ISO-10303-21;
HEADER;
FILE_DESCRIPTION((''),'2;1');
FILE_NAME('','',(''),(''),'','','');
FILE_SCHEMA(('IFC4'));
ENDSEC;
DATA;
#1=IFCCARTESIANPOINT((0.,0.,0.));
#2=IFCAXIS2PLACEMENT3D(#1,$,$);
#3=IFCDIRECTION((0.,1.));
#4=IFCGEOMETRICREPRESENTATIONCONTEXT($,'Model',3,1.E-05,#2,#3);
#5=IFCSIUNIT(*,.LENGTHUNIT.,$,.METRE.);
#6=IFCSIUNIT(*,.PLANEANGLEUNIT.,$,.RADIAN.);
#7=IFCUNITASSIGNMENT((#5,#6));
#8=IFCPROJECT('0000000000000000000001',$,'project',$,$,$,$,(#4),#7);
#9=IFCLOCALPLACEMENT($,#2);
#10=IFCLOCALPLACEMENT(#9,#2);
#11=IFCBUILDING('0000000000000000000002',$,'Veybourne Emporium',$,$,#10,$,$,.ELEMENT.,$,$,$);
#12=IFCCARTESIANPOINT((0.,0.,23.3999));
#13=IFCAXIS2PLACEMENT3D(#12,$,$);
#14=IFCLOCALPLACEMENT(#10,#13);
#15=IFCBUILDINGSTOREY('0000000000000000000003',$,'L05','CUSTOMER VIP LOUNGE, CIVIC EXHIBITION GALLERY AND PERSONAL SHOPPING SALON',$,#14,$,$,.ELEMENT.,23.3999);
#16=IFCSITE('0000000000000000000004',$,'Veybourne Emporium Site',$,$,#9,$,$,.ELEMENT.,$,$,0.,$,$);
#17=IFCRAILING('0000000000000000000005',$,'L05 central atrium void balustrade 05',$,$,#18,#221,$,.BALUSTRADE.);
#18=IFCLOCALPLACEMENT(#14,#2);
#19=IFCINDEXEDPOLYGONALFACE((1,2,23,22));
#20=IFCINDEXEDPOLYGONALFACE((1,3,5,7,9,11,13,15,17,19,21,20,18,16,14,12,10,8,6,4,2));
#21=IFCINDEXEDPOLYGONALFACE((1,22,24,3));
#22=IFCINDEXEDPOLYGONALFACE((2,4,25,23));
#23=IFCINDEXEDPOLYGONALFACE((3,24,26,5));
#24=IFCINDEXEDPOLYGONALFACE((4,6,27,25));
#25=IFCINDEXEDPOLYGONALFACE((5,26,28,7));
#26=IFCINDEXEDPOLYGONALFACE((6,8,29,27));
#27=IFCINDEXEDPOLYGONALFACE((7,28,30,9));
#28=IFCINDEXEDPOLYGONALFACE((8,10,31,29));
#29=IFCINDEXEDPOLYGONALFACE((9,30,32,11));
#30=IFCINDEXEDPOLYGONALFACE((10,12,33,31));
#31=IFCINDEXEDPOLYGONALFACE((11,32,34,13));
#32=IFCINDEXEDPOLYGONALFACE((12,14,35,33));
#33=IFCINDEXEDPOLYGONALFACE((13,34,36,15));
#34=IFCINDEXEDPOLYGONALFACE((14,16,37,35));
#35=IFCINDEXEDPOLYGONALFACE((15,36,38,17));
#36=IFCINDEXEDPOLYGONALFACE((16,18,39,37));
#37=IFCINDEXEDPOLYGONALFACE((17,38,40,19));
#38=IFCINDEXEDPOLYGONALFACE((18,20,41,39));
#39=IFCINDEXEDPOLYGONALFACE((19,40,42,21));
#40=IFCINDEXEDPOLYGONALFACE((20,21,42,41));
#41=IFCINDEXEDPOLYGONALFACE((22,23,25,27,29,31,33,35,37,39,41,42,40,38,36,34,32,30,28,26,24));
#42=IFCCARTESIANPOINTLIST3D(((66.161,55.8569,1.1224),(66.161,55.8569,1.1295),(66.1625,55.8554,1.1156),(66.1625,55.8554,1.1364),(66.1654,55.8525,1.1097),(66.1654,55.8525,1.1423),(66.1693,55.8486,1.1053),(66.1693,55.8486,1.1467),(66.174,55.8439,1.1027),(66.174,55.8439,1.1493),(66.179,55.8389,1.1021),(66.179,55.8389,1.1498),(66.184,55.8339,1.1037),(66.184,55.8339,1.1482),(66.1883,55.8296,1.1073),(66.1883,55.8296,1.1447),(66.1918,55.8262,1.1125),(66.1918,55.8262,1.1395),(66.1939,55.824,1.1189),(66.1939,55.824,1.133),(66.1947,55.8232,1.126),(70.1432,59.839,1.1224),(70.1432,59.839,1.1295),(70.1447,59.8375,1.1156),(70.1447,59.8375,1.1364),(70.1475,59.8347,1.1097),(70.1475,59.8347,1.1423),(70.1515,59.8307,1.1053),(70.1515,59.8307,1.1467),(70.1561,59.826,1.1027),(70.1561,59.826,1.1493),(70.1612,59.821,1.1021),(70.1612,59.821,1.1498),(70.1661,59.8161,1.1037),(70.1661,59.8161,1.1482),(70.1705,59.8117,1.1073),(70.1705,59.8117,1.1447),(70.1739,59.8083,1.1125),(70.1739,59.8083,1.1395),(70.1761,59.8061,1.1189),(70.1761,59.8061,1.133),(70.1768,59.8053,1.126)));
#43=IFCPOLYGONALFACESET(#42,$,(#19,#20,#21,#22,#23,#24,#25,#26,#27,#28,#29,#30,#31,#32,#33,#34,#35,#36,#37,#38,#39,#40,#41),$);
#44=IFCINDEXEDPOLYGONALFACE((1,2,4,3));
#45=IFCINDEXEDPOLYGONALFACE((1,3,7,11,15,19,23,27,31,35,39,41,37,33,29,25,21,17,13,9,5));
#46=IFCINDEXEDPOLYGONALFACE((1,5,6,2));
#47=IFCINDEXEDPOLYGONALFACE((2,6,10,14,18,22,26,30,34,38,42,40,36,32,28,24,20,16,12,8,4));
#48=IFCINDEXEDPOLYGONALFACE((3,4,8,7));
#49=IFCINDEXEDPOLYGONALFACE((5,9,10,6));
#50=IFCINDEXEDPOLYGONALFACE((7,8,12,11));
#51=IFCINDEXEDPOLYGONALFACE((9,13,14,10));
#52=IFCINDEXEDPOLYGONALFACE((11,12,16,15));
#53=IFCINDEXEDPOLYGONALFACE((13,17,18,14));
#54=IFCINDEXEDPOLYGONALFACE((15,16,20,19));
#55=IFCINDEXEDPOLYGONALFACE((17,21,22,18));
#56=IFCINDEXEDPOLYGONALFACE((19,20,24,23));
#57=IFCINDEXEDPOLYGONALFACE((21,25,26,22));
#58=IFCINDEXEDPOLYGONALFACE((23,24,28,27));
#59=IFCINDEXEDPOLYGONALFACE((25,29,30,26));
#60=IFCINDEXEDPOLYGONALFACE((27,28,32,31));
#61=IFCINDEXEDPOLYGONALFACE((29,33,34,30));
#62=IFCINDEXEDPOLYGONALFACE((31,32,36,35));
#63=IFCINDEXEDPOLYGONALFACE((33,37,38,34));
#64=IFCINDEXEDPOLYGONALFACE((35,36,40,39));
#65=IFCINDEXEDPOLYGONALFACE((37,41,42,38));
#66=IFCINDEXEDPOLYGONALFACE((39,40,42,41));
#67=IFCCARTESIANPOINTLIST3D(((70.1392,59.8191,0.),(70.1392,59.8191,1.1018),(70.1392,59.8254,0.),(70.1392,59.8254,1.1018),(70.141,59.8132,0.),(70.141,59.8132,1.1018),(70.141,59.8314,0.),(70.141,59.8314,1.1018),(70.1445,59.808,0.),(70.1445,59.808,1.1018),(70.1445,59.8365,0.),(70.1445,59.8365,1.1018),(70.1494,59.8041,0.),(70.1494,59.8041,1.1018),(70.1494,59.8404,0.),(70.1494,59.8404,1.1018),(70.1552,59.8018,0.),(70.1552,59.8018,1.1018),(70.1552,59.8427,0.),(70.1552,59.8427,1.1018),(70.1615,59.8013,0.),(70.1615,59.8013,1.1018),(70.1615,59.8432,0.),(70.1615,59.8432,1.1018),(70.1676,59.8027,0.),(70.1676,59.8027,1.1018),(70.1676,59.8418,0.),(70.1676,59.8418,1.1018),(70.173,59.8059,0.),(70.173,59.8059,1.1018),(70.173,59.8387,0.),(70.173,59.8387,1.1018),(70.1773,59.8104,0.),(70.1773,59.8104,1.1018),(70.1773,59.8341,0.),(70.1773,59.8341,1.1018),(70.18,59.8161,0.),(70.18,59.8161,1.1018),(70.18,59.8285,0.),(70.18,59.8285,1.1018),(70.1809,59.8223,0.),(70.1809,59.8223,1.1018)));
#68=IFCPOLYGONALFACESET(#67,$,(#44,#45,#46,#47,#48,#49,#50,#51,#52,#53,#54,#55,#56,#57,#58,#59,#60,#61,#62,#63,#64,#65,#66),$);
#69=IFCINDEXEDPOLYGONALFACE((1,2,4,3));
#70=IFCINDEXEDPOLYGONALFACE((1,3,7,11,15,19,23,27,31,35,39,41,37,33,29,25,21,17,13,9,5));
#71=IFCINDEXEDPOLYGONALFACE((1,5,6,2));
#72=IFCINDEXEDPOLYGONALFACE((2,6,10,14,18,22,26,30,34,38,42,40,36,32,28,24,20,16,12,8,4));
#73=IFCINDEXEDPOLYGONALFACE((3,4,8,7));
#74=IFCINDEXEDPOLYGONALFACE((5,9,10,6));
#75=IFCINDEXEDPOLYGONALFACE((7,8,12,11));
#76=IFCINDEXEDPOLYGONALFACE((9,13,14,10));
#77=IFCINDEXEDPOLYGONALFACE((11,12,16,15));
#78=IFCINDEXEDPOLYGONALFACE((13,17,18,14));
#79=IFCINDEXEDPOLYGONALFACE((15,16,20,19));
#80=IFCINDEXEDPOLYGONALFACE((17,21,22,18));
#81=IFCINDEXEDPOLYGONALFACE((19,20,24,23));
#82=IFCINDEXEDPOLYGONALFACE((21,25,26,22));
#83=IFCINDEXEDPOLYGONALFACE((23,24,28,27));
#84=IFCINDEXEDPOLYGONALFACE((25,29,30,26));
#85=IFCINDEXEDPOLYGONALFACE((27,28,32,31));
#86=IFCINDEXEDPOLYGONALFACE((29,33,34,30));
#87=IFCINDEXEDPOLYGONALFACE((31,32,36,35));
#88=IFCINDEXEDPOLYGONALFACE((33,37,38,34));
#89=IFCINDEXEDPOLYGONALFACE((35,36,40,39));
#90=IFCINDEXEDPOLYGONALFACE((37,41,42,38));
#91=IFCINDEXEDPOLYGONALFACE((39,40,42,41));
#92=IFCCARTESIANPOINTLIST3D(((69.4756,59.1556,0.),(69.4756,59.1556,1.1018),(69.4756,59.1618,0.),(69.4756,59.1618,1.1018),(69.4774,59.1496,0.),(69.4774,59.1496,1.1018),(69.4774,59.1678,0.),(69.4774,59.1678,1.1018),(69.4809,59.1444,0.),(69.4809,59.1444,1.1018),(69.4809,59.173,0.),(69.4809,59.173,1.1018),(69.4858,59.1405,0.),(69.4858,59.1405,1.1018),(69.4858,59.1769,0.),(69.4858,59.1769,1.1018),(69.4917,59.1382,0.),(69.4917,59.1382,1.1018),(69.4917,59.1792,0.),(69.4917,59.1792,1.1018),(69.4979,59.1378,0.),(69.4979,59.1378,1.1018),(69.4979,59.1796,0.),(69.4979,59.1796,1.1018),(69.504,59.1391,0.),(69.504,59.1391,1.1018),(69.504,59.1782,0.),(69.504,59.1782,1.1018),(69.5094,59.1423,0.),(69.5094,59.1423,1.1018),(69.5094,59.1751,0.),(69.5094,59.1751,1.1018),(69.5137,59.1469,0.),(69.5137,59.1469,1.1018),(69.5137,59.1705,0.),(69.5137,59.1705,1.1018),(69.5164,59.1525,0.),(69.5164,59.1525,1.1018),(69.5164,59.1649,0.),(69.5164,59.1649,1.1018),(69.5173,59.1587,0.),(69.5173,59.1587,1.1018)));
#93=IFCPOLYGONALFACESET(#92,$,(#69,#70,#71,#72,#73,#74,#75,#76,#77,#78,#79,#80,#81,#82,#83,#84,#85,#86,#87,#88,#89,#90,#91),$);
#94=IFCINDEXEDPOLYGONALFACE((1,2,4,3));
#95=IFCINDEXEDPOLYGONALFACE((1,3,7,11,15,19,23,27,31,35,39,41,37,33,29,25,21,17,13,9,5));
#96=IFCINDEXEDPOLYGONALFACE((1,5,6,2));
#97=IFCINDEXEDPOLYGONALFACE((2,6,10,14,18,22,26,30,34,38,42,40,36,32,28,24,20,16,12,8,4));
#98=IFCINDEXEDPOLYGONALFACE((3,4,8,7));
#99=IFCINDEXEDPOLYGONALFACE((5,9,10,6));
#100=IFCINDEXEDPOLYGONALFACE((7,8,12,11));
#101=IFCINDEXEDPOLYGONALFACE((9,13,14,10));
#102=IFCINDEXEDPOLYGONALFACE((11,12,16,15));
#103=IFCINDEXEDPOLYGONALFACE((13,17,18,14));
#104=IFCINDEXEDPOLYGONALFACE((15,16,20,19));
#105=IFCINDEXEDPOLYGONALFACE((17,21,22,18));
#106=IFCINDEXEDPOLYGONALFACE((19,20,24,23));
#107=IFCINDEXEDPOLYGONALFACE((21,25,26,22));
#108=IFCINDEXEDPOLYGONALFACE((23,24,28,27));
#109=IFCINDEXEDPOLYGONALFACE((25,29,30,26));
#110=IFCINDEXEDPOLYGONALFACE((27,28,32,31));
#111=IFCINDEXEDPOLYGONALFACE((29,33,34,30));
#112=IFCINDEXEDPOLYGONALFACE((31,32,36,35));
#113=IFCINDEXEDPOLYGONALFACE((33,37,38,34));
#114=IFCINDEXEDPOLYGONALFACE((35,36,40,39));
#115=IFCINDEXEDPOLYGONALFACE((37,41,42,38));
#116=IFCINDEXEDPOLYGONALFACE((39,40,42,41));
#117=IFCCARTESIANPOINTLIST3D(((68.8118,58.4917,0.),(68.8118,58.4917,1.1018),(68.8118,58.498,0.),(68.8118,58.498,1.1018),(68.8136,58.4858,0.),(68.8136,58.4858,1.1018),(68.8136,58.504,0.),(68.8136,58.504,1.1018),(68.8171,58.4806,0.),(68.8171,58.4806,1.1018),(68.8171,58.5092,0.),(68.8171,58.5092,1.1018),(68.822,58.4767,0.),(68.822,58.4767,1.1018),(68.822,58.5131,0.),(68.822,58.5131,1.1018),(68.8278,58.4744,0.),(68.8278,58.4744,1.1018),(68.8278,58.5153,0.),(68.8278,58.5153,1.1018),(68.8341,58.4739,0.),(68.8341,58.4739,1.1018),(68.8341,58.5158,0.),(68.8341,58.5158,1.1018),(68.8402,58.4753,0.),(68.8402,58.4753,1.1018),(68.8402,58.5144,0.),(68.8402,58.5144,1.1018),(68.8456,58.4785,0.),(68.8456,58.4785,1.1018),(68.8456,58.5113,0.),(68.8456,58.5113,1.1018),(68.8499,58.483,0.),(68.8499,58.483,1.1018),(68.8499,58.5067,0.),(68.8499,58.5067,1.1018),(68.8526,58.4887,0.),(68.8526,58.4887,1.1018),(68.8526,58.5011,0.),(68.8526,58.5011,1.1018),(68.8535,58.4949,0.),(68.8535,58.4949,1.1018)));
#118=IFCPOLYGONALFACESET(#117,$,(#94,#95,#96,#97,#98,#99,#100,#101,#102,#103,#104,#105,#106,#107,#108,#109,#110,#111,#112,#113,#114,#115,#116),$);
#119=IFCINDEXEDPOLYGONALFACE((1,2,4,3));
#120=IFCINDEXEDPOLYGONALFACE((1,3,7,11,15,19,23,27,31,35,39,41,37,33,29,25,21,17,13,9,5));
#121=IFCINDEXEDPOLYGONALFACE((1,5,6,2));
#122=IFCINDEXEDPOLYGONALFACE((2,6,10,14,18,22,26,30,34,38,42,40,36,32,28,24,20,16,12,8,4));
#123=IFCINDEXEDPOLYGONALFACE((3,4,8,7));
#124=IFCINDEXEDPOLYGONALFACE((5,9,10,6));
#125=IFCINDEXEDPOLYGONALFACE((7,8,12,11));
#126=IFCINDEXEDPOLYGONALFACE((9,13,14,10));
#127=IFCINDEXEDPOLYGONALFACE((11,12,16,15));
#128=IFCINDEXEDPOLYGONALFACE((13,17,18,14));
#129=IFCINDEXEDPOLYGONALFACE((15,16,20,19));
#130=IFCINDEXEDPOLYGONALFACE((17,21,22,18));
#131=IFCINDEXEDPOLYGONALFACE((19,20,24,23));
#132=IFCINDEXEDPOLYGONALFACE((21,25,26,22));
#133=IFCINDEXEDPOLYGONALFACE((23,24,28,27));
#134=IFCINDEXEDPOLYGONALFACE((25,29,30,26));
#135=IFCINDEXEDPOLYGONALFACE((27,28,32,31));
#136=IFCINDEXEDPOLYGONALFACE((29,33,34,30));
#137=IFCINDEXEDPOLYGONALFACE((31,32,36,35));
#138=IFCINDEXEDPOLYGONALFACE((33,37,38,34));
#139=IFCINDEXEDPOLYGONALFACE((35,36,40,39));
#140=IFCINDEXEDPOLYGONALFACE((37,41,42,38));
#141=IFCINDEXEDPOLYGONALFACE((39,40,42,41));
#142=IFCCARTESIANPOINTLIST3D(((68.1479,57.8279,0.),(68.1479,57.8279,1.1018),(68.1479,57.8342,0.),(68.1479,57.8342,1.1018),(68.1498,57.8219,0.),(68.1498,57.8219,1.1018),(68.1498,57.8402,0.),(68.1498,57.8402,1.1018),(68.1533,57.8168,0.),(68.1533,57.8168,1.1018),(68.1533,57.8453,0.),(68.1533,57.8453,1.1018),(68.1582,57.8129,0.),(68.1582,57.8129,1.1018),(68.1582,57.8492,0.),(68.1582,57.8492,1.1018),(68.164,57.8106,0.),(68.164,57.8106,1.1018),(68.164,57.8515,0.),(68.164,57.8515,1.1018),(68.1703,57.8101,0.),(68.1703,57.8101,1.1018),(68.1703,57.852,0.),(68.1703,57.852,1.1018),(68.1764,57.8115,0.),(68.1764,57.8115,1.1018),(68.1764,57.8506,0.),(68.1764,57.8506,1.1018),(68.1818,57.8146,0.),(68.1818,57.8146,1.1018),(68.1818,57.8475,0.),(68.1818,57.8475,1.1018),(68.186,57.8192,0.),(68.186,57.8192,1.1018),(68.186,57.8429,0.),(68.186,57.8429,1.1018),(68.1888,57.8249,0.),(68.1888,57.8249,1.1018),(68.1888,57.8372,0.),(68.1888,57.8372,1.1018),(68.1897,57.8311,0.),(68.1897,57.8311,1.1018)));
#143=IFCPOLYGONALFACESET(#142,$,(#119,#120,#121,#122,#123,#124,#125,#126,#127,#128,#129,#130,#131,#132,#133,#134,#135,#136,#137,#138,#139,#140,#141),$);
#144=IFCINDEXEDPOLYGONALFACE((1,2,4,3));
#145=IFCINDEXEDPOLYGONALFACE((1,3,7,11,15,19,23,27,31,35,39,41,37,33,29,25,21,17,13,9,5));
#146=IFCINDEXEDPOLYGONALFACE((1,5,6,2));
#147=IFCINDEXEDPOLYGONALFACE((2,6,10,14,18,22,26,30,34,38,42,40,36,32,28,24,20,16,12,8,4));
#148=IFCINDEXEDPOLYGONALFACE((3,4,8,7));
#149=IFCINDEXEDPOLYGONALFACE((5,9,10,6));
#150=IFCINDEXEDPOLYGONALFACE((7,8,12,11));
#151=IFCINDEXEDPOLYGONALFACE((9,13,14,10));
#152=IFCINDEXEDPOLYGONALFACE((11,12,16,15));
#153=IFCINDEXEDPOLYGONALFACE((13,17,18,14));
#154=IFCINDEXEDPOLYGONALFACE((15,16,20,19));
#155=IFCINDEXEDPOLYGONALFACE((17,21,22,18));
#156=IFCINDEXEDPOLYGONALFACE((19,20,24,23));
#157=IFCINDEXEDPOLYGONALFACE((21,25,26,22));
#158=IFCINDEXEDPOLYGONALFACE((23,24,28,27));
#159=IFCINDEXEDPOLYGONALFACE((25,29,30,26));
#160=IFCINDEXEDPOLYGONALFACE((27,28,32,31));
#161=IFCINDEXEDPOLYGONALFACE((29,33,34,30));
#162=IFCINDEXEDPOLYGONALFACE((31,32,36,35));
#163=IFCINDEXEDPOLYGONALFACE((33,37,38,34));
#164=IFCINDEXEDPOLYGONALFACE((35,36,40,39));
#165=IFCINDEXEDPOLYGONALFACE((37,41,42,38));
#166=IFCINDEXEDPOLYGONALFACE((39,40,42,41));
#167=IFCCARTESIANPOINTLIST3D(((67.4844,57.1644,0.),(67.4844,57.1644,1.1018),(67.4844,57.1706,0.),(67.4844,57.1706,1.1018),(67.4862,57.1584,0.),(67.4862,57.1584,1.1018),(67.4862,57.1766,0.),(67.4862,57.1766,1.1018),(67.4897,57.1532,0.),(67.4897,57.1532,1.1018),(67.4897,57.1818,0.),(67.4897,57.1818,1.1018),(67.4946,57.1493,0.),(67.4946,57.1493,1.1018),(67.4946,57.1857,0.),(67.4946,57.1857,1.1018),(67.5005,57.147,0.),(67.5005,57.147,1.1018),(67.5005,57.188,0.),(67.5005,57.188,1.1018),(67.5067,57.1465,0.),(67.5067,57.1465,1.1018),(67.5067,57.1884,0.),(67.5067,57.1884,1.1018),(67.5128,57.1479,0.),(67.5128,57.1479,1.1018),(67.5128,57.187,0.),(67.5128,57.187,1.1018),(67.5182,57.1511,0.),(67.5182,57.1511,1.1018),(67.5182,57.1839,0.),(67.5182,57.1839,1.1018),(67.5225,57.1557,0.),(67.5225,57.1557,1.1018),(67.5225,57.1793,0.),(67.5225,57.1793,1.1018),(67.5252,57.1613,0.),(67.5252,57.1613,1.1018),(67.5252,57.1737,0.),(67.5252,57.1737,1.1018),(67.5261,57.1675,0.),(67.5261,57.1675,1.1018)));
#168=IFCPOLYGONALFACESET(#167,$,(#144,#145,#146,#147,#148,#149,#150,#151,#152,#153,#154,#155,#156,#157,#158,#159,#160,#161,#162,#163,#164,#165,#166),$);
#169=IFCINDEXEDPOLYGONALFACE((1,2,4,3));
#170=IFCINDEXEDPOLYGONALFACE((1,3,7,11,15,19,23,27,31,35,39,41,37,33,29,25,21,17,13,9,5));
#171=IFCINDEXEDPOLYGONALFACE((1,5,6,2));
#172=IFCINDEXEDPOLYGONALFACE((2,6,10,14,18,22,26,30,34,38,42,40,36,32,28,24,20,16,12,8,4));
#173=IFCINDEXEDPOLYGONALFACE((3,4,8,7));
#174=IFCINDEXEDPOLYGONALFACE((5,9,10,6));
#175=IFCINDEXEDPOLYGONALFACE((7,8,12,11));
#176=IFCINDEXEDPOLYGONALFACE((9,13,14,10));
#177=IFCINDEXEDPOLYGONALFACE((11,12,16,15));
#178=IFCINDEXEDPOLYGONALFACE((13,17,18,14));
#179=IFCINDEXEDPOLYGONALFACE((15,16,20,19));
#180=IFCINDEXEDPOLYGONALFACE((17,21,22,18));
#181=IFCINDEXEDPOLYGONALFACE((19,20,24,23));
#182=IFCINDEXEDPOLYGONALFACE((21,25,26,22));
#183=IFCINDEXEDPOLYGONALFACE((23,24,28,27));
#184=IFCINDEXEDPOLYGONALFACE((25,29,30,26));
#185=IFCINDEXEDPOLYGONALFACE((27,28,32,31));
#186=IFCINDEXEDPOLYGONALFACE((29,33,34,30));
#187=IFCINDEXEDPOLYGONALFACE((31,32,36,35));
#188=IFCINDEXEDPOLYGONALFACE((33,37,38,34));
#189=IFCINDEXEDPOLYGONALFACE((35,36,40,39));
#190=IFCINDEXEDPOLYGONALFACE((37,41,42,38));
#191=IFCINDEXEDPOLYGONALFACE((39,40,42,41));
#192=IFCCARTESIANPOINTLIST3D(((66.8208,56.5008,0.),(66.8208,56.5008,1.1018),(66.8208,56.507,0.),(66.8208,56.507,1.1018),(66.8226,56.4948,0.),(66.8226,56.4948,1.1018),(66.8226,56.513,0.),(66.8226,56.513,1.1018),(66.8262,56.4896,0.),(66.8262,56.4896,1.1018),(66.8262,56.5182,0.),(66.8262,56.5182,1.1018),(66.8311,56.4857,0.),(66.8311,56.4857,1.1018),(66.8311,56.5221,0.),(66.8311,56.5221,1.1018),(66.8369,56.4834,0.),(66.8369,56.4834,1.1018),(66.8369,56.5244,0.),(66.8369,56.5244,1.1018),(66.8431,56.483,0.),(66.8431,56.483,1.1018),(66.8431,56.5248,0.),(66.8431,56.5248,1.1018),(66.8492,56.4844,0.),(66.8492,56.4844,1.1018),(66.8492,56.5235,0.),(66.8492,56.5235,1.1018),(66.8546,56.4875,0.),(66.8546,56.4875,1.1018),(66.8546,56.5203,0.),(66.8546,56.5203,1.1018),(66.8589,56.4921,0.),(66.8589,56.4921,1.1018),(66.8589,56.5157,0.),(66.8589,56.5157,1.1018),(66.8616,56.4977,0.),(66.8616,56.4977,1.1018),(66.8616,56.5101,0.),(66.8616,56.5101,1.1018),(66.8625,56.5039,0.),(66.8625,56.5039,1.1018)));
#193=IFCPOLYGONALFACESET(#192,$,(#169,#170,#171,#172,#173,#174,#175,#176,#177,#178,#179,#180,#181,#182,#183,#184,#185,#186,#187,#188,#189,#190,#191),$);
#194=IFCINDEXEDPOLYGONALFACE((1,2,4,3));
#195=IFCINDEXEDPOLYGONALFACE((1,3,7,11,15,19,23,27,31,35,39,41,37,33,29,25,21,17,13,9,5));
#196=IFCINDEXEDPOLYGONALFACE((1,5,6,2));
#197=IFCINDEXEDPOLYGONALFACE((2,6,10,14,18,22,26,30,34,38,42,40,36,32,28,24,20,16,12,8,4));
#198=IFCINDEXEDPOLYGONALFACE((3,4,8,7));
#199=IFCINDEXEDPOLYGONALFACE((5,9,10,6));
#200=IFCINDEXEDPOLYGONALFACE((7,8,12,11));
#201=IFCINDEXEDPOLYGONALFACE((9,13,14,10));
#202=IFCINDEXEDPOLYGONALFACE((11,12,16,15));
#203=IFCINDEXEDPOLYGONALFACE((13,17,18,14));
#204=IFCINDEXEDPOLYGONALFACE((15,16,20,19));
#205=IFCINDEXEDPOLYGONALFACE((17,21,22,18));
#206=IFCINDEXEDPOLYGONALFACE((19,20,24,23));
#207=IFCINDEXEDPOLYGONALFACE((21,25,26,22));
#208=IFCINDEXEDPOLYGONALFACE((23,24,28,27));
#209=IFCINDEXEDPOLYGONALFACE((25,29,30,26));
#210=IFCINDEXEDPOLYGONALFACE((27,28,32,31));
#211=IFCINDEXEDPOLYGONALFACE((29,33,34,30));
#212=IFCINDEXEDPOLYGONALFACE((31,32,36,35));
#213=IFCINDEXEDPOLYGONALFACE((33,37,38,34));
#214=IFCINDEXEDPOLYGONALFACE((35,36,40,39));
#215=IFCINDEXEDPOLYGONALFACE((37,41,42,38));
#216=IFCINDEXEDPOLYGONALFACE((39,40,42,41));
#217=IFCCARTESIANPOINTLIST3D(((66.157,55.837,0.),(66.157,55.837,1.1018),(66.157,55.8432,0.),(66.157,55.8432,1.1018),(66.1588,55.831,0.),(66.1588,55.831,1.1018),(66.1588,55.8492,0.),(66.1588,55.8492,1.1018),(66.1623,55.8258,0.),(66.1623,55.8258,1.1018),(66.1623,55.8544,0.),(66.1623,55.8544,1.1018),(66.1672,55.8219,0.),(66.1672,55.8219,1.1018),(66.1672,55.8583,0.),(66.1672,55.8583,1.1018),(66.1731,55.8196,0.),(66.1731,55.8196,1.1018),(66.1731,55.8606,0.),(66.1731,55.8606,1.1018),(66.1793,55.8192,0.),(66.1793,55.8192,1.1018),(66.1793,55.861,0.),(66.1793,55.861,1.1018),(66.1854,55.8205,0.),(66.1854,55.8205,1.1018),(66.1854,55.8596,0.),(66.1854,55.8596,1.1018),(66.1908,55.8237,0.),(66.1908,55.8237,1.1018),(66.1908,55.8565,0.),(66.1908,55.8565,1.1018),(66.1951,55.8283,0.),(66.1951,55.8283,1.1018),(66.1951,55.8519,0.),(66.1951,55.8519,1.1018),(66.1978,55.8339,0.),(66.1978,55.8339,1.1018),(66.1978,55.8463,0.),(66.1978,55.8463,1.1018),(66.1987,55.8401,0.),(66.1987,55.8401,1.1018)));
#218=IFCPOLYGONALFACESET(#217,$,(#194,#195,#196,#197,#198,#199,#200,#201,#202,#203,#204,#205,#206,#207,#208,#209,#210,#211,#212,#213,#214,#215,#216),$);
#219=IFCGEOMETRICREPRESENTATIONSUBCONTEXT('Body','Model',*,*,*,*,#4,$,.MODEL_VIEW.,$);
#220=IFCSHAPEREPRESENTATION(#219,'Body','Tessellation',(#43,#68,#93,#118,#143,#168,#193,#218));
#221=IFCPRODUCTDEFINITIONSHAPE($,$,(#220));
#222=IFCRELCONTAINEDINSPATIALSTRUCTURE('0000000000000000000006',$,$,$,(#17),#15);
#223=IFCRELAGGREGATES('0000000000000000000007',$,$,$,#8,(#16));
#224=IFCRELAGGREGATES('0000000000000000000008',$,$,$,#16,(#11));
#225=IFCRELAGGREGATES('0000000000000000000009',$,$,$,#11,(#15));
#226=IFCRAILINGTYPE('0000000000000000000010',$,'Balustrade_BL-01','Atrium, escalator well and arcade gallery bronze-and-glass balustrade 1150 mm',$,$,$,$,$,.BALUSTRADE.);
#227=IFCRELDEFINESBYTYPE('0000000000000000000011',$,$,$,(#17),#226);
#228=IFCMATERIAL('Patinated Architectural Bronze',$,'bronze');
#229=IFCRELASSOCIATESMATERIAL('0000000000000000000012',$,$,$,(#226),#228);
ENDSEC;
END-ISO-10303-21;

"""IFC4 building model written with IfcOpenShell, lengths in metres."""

from ifc_helpers import new_model, si_unit, direction, frame, origin, origin_2d, place, context, subcontext, project, spatial, circle, extrude, material, type_object, element, save


model = new_model("IFC4")

# Units and contexts
model_context = context("Model", 3, precision=1e-05, world=origin(), true_north=direction((0.0, 1.0)))
body_context = subcontext(model_context, "Body", "Model", "MODEL_VIEW")
ifc_project = project(units=[si_unit("LENGTHUNIT", "METRE"), si_unit("PLANEANGLEUNIT", "RADIAN")], contexts=[model_context])

# Site, building, storey
site_placement = place(None, origin())
site = spatial("IfcSite", under=ifc_project, at=site_placement, Name="Veybourne Emporium Site", CompositionType="ELEMENT", RefElevation=0.0)
building_placement = place(site_placement, origin())
building = spatial("IfcBuilding", under=site, at=building_placement, Name="Veybourne Emporium", CompositionType="ELEMENT")
storey_placement = place(building_placement, frame((0.0, 0.0, 23.3999)))
storey = spatial("IfcBuildingStorey", under=building, at=storey_placement, Name="L05", Description="CUSTOMER VIP LOUNGE, CIVIC EXHIBITION GALLERY AND PERSONAL SHOPPING SALON", CompositionType="ELEMENT", Elevation=23.3999)

# Shared definitions
ifc_material_1 = material(Name="Patinated Architectural Bronze", Category="bronze")

# Railing
railing_type = type_object("IfcRailingType", Name="Balustrade_BL-01", Description="Atrium, escalator well and arcade gallery bronze-and-glass balustrade 1150 mm", PredefinedType="BALUSTRADE", material=ifc_material_1)
railing_1_placement = place(storey_placement, frame((70.1599, 59.8223, 0.0)))
element("IfcRailing", 1, at=railing_1_placement, inside=storey, type_object=railing_type, Name="L05 central atrium void balustrade 05", PredefinedType="BALUSTRADE", context=body_context, shape_type="SweptSolid", body=[
    extrude(circle(Radius=0.0239, at=origin_2d()), frame((0.0, 0.0, 1.126), z_axis=(-0.707107, -0.707107, 0.0), x_axis=(0.707107, -0.707107, 0.0)), (0.0, 0.0, 1.0), 5.6316),
    extrude(circle(Radius=0.021, at=origin_2d()), origin(), (0.0, 0.0, 1.0), 1.1018),
    extrude(circle(Radius=0.021, at=origin_2d()), frame((-0.6636, -0.6636, 0.0)), (0.0, 0.0, 1.0), 1.1018),
    extrude(circle(Radius=0.021, at=origin_2d()), frame((-1.3274, -1.3274, 0.0)), (0.0, 0.0, 1.0), 1.1018),
    extrude(circle(Radius=0.021, at=origin_2d()), frame((-1.9912, -1.9912, 0.0)), (0.0, 0.0, 1.0), 1.1018),
    extrude(circle(Radius=0.021, at=origin_2d()), frame((-2.6548, -2.6548, 0.0)), (0.0, 0.0, 1.0), 1.1018),
    extrude(circle(Radius=0.021, at=origin_2d()), frame((-3.3184, -3.3184, 0.0)), (0.0, 0.0, 1.0), 1.1018),
    extrude(circle(Radius=0.021, at=origin_2d()), frame((-3.9822, -3.9822, 0.0)), (0.0, 0.0, 1.0), 1.1018),
])

save(model, "model.ifc")
